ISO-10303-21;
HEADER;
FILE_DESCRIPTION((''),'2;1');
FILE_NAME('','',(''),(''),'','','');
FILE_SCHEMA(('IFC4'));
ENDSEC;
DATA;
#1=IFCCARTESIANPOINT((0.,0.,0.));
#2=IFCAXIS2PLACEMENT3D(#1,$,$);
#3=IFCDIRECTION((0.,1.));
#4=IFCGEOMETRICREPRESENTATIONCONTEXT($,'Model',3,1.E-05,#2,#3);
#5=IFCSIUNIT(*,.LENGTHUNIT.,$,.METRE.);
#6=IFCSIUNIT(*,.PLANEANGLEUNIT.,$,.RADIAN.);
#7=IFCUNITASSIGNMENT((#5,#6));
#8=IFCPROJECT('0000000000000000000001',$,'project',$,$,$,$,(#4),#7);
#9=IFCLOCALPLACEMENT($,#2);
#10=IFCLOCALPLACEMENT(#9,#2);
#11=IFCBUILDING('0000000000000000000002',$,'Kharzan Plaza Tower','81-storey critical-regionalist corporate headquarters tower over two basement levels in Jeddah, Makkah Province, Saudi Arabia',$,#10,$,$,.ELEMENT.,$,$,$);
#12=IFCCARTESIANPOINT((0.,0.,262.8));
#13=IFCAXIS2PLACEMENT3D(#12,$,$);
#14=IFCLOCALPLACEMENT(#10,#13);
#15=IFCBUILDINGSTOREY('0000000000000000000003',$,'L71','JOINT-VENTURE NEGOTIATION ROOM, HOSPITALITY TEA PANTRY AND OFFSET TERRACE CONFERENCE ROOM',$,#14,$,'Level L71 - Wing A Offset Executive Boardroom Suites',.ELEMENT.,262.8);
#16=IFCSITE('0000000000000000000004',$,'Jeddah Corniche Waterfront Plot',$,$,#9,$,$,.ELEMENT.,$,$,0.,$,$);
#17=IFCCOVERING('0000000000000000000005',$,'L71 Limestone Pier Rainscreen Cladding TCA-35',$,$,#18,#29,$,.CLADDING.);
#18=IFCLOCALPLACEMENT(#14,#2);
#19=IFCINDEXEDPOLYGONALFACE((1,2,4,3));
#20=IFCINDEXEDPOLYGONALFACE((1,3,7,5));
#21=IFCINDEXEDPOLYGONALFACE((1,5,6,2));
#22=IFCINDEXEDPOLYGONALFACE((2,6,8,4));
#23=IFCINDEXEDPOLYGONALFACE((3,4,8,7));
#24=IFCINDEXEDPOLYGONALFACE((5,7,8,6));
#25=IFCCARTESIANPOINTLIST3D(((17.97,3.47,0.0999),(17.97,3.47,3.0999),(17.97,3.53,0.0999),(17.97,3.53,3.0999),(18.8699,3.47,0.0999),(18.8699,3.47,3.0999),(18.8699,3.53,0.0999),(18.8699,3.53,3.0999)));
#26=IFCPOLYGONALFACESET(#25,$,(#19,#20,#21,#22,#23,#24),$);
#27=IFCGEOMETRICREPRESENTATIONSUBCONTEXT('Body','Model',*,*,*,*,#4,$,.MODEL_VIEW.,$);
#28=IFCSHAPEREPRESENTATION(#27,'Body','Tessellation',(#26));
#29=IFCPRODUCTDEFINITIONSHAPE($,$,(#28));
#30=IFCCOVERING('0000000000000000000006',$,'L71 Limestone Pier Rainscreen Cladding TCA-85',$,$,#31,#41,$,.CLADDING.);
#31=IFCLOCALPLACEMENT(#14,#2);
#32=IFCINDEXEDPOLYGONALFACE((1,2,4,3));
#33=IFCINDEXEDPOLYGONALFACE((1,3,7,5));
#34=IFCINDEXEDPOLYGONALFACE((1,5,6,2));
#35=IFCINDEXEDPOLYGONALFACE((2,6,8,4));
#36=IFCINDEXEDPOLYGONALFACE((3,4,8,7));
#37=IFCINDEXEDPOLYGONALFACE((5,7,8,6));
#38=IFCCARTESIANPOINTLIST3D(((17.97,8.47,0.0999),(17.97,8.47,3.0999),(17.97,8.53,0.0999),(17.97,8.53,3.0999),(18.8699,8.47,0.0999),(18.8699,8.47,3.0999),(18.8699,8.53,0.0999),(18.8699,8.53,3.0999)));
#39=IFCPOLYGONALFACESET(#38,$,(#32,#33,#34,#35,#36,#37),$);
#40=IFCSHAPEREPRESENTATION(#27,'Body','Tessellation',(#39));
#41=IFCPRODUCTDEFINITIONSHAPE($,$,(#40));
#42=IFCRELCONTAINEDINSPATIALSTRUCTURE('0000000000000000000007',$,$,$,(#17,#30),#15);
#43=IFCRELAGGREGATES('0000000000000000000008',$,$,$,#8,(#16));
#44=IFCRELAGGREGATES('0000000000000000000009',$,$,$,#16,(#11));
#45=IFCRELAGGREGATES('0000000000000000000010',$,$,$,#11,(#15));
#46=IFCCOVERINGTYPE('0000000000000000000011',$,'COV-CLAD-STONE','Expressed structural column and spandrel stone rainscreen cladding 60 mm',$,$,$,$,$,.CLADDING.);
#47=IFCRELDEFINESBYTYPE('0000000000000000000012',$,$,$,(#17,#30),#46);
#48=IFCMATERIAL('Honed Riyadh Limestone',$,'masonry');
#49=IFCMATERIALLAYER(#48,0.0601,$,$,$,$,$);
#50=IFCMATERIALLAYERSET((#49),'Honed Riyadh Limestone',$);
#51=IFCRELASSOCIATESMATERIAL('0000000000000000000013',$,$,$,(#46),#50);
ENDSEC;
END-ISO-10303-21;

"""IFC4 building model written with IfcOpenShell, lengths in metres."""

from ifc_helpers import new_model, si_unit, direction, frame, origin, origin_2d, place, context, subcontext, project, spatial, rectangle, extrude, source, transform, mapped, material, layer, layer_set, type_object, element, save


model = new_model("IFC4")

# Units and contexts
model_context = context("Model", 3, precision=1e-05, world=origin(), true_north=direction((0.0, 1.0)))
body_context = subcontext(model_context, "Body", "Model", "MODEL_VIEW")
ifc_project = project(units=[si_unit("LENGTHUNIT", "METRE"), si_unit("PLANEANGLEUNIT", "RADIAN")], contexts=[model_context])

# Site, building, storey
site_placement = place(None, origin())
site = spatial("IfcSite", under=ifc_project, at=site_placement, Name="Jeddah Corniche Waterfront Plot", CompositionType="ELEMENT", RefElevation=0.0)
building_placement = place(site_placement, origin())
building = spatial("IfcBuilding", under=site, at=building_placement, Name="Kharzan Plaza Tower", Description="81-storey critical-regionalist corporate headquarters tower over two basement levels in Jeddah, Makkah Province, Saudi Arabia", CompositionType="ELEMENT")
storey_placement = place(building_placement, frame((0.0, 0.0, 262.8)))
storey = spatial("IfcBuildingStorey", under=building, at=storey_placement, Name="L71", Description="JOINT-VENTURE NEGOTIATION ROOM, HOSPITALITY TEA PANTRY AND OFFSET TERRACE CONFERENCE ROOM", LongName="Level L71 - Wing A Offset Executive Boardroom Suites", CompositionType="ELEMENT", Elevation=262.8)

# Coverings
ifc_material_1 = material(Name="Honed Riyadh Limestone", Category="masonry")
ifc_layer_1 = layer(ifc_material_1, 0.0601)
ifc_layer_set_1 = layer_set([ifc_layer_1], Name="Honed Riyadh Limestone")
covering_type = type_object("IfcCoveringType", Name="COV-CLAD-STONE", Description="Expressed structural column and spandrel stone rainscreen cladding 60 mm", PredefinedType="CLADDING", material=ifc_layer_set_1)
shared_shape_1 = source(origin(), body_context, "Body", "SweptSolid", [
    extrude(rectangle(XDim=0.0601, YDim=0.8999, at=origin_2d()), origin(), (0.0, 0.0, 1.0), 3.0),
])
for number, where, z_axis, x_axis, name in (
    (1, (18.4199, 3.5, 0.0999), (0.0, 0.0, 1.0), (0.0, 1.0, 0.0), "L71 Limestone Pier Rainscreen Cladding TCA-35"),
    (2, (18.4199, 8.5, 0.0999), (0.0, 0.0, 1.0), (0.0, 1.0, 0.0), "L71 Limestone Pier Rainscreen Cladding TCA-85"),
):
    element("IfcCovering", number, at=place(storey_placement, frame(where, z_axis=z_axis, x_axis=x_axis)), inside=storey, type_object=covering_type, Name=name, PredefinedType="CLADDING", context=body_context, shape_type="MappedRepresentation", body=[
        mapped(shared_shape_1, transform((0.0, 0.0, 0.0), x_axis=(1.0, 0.0, 0.0), y_axis=(0.0, 1.0, 0.0), z_axis=(0.0, 0.0, 1.0))),
    ])

save(model, "model.ifc")
